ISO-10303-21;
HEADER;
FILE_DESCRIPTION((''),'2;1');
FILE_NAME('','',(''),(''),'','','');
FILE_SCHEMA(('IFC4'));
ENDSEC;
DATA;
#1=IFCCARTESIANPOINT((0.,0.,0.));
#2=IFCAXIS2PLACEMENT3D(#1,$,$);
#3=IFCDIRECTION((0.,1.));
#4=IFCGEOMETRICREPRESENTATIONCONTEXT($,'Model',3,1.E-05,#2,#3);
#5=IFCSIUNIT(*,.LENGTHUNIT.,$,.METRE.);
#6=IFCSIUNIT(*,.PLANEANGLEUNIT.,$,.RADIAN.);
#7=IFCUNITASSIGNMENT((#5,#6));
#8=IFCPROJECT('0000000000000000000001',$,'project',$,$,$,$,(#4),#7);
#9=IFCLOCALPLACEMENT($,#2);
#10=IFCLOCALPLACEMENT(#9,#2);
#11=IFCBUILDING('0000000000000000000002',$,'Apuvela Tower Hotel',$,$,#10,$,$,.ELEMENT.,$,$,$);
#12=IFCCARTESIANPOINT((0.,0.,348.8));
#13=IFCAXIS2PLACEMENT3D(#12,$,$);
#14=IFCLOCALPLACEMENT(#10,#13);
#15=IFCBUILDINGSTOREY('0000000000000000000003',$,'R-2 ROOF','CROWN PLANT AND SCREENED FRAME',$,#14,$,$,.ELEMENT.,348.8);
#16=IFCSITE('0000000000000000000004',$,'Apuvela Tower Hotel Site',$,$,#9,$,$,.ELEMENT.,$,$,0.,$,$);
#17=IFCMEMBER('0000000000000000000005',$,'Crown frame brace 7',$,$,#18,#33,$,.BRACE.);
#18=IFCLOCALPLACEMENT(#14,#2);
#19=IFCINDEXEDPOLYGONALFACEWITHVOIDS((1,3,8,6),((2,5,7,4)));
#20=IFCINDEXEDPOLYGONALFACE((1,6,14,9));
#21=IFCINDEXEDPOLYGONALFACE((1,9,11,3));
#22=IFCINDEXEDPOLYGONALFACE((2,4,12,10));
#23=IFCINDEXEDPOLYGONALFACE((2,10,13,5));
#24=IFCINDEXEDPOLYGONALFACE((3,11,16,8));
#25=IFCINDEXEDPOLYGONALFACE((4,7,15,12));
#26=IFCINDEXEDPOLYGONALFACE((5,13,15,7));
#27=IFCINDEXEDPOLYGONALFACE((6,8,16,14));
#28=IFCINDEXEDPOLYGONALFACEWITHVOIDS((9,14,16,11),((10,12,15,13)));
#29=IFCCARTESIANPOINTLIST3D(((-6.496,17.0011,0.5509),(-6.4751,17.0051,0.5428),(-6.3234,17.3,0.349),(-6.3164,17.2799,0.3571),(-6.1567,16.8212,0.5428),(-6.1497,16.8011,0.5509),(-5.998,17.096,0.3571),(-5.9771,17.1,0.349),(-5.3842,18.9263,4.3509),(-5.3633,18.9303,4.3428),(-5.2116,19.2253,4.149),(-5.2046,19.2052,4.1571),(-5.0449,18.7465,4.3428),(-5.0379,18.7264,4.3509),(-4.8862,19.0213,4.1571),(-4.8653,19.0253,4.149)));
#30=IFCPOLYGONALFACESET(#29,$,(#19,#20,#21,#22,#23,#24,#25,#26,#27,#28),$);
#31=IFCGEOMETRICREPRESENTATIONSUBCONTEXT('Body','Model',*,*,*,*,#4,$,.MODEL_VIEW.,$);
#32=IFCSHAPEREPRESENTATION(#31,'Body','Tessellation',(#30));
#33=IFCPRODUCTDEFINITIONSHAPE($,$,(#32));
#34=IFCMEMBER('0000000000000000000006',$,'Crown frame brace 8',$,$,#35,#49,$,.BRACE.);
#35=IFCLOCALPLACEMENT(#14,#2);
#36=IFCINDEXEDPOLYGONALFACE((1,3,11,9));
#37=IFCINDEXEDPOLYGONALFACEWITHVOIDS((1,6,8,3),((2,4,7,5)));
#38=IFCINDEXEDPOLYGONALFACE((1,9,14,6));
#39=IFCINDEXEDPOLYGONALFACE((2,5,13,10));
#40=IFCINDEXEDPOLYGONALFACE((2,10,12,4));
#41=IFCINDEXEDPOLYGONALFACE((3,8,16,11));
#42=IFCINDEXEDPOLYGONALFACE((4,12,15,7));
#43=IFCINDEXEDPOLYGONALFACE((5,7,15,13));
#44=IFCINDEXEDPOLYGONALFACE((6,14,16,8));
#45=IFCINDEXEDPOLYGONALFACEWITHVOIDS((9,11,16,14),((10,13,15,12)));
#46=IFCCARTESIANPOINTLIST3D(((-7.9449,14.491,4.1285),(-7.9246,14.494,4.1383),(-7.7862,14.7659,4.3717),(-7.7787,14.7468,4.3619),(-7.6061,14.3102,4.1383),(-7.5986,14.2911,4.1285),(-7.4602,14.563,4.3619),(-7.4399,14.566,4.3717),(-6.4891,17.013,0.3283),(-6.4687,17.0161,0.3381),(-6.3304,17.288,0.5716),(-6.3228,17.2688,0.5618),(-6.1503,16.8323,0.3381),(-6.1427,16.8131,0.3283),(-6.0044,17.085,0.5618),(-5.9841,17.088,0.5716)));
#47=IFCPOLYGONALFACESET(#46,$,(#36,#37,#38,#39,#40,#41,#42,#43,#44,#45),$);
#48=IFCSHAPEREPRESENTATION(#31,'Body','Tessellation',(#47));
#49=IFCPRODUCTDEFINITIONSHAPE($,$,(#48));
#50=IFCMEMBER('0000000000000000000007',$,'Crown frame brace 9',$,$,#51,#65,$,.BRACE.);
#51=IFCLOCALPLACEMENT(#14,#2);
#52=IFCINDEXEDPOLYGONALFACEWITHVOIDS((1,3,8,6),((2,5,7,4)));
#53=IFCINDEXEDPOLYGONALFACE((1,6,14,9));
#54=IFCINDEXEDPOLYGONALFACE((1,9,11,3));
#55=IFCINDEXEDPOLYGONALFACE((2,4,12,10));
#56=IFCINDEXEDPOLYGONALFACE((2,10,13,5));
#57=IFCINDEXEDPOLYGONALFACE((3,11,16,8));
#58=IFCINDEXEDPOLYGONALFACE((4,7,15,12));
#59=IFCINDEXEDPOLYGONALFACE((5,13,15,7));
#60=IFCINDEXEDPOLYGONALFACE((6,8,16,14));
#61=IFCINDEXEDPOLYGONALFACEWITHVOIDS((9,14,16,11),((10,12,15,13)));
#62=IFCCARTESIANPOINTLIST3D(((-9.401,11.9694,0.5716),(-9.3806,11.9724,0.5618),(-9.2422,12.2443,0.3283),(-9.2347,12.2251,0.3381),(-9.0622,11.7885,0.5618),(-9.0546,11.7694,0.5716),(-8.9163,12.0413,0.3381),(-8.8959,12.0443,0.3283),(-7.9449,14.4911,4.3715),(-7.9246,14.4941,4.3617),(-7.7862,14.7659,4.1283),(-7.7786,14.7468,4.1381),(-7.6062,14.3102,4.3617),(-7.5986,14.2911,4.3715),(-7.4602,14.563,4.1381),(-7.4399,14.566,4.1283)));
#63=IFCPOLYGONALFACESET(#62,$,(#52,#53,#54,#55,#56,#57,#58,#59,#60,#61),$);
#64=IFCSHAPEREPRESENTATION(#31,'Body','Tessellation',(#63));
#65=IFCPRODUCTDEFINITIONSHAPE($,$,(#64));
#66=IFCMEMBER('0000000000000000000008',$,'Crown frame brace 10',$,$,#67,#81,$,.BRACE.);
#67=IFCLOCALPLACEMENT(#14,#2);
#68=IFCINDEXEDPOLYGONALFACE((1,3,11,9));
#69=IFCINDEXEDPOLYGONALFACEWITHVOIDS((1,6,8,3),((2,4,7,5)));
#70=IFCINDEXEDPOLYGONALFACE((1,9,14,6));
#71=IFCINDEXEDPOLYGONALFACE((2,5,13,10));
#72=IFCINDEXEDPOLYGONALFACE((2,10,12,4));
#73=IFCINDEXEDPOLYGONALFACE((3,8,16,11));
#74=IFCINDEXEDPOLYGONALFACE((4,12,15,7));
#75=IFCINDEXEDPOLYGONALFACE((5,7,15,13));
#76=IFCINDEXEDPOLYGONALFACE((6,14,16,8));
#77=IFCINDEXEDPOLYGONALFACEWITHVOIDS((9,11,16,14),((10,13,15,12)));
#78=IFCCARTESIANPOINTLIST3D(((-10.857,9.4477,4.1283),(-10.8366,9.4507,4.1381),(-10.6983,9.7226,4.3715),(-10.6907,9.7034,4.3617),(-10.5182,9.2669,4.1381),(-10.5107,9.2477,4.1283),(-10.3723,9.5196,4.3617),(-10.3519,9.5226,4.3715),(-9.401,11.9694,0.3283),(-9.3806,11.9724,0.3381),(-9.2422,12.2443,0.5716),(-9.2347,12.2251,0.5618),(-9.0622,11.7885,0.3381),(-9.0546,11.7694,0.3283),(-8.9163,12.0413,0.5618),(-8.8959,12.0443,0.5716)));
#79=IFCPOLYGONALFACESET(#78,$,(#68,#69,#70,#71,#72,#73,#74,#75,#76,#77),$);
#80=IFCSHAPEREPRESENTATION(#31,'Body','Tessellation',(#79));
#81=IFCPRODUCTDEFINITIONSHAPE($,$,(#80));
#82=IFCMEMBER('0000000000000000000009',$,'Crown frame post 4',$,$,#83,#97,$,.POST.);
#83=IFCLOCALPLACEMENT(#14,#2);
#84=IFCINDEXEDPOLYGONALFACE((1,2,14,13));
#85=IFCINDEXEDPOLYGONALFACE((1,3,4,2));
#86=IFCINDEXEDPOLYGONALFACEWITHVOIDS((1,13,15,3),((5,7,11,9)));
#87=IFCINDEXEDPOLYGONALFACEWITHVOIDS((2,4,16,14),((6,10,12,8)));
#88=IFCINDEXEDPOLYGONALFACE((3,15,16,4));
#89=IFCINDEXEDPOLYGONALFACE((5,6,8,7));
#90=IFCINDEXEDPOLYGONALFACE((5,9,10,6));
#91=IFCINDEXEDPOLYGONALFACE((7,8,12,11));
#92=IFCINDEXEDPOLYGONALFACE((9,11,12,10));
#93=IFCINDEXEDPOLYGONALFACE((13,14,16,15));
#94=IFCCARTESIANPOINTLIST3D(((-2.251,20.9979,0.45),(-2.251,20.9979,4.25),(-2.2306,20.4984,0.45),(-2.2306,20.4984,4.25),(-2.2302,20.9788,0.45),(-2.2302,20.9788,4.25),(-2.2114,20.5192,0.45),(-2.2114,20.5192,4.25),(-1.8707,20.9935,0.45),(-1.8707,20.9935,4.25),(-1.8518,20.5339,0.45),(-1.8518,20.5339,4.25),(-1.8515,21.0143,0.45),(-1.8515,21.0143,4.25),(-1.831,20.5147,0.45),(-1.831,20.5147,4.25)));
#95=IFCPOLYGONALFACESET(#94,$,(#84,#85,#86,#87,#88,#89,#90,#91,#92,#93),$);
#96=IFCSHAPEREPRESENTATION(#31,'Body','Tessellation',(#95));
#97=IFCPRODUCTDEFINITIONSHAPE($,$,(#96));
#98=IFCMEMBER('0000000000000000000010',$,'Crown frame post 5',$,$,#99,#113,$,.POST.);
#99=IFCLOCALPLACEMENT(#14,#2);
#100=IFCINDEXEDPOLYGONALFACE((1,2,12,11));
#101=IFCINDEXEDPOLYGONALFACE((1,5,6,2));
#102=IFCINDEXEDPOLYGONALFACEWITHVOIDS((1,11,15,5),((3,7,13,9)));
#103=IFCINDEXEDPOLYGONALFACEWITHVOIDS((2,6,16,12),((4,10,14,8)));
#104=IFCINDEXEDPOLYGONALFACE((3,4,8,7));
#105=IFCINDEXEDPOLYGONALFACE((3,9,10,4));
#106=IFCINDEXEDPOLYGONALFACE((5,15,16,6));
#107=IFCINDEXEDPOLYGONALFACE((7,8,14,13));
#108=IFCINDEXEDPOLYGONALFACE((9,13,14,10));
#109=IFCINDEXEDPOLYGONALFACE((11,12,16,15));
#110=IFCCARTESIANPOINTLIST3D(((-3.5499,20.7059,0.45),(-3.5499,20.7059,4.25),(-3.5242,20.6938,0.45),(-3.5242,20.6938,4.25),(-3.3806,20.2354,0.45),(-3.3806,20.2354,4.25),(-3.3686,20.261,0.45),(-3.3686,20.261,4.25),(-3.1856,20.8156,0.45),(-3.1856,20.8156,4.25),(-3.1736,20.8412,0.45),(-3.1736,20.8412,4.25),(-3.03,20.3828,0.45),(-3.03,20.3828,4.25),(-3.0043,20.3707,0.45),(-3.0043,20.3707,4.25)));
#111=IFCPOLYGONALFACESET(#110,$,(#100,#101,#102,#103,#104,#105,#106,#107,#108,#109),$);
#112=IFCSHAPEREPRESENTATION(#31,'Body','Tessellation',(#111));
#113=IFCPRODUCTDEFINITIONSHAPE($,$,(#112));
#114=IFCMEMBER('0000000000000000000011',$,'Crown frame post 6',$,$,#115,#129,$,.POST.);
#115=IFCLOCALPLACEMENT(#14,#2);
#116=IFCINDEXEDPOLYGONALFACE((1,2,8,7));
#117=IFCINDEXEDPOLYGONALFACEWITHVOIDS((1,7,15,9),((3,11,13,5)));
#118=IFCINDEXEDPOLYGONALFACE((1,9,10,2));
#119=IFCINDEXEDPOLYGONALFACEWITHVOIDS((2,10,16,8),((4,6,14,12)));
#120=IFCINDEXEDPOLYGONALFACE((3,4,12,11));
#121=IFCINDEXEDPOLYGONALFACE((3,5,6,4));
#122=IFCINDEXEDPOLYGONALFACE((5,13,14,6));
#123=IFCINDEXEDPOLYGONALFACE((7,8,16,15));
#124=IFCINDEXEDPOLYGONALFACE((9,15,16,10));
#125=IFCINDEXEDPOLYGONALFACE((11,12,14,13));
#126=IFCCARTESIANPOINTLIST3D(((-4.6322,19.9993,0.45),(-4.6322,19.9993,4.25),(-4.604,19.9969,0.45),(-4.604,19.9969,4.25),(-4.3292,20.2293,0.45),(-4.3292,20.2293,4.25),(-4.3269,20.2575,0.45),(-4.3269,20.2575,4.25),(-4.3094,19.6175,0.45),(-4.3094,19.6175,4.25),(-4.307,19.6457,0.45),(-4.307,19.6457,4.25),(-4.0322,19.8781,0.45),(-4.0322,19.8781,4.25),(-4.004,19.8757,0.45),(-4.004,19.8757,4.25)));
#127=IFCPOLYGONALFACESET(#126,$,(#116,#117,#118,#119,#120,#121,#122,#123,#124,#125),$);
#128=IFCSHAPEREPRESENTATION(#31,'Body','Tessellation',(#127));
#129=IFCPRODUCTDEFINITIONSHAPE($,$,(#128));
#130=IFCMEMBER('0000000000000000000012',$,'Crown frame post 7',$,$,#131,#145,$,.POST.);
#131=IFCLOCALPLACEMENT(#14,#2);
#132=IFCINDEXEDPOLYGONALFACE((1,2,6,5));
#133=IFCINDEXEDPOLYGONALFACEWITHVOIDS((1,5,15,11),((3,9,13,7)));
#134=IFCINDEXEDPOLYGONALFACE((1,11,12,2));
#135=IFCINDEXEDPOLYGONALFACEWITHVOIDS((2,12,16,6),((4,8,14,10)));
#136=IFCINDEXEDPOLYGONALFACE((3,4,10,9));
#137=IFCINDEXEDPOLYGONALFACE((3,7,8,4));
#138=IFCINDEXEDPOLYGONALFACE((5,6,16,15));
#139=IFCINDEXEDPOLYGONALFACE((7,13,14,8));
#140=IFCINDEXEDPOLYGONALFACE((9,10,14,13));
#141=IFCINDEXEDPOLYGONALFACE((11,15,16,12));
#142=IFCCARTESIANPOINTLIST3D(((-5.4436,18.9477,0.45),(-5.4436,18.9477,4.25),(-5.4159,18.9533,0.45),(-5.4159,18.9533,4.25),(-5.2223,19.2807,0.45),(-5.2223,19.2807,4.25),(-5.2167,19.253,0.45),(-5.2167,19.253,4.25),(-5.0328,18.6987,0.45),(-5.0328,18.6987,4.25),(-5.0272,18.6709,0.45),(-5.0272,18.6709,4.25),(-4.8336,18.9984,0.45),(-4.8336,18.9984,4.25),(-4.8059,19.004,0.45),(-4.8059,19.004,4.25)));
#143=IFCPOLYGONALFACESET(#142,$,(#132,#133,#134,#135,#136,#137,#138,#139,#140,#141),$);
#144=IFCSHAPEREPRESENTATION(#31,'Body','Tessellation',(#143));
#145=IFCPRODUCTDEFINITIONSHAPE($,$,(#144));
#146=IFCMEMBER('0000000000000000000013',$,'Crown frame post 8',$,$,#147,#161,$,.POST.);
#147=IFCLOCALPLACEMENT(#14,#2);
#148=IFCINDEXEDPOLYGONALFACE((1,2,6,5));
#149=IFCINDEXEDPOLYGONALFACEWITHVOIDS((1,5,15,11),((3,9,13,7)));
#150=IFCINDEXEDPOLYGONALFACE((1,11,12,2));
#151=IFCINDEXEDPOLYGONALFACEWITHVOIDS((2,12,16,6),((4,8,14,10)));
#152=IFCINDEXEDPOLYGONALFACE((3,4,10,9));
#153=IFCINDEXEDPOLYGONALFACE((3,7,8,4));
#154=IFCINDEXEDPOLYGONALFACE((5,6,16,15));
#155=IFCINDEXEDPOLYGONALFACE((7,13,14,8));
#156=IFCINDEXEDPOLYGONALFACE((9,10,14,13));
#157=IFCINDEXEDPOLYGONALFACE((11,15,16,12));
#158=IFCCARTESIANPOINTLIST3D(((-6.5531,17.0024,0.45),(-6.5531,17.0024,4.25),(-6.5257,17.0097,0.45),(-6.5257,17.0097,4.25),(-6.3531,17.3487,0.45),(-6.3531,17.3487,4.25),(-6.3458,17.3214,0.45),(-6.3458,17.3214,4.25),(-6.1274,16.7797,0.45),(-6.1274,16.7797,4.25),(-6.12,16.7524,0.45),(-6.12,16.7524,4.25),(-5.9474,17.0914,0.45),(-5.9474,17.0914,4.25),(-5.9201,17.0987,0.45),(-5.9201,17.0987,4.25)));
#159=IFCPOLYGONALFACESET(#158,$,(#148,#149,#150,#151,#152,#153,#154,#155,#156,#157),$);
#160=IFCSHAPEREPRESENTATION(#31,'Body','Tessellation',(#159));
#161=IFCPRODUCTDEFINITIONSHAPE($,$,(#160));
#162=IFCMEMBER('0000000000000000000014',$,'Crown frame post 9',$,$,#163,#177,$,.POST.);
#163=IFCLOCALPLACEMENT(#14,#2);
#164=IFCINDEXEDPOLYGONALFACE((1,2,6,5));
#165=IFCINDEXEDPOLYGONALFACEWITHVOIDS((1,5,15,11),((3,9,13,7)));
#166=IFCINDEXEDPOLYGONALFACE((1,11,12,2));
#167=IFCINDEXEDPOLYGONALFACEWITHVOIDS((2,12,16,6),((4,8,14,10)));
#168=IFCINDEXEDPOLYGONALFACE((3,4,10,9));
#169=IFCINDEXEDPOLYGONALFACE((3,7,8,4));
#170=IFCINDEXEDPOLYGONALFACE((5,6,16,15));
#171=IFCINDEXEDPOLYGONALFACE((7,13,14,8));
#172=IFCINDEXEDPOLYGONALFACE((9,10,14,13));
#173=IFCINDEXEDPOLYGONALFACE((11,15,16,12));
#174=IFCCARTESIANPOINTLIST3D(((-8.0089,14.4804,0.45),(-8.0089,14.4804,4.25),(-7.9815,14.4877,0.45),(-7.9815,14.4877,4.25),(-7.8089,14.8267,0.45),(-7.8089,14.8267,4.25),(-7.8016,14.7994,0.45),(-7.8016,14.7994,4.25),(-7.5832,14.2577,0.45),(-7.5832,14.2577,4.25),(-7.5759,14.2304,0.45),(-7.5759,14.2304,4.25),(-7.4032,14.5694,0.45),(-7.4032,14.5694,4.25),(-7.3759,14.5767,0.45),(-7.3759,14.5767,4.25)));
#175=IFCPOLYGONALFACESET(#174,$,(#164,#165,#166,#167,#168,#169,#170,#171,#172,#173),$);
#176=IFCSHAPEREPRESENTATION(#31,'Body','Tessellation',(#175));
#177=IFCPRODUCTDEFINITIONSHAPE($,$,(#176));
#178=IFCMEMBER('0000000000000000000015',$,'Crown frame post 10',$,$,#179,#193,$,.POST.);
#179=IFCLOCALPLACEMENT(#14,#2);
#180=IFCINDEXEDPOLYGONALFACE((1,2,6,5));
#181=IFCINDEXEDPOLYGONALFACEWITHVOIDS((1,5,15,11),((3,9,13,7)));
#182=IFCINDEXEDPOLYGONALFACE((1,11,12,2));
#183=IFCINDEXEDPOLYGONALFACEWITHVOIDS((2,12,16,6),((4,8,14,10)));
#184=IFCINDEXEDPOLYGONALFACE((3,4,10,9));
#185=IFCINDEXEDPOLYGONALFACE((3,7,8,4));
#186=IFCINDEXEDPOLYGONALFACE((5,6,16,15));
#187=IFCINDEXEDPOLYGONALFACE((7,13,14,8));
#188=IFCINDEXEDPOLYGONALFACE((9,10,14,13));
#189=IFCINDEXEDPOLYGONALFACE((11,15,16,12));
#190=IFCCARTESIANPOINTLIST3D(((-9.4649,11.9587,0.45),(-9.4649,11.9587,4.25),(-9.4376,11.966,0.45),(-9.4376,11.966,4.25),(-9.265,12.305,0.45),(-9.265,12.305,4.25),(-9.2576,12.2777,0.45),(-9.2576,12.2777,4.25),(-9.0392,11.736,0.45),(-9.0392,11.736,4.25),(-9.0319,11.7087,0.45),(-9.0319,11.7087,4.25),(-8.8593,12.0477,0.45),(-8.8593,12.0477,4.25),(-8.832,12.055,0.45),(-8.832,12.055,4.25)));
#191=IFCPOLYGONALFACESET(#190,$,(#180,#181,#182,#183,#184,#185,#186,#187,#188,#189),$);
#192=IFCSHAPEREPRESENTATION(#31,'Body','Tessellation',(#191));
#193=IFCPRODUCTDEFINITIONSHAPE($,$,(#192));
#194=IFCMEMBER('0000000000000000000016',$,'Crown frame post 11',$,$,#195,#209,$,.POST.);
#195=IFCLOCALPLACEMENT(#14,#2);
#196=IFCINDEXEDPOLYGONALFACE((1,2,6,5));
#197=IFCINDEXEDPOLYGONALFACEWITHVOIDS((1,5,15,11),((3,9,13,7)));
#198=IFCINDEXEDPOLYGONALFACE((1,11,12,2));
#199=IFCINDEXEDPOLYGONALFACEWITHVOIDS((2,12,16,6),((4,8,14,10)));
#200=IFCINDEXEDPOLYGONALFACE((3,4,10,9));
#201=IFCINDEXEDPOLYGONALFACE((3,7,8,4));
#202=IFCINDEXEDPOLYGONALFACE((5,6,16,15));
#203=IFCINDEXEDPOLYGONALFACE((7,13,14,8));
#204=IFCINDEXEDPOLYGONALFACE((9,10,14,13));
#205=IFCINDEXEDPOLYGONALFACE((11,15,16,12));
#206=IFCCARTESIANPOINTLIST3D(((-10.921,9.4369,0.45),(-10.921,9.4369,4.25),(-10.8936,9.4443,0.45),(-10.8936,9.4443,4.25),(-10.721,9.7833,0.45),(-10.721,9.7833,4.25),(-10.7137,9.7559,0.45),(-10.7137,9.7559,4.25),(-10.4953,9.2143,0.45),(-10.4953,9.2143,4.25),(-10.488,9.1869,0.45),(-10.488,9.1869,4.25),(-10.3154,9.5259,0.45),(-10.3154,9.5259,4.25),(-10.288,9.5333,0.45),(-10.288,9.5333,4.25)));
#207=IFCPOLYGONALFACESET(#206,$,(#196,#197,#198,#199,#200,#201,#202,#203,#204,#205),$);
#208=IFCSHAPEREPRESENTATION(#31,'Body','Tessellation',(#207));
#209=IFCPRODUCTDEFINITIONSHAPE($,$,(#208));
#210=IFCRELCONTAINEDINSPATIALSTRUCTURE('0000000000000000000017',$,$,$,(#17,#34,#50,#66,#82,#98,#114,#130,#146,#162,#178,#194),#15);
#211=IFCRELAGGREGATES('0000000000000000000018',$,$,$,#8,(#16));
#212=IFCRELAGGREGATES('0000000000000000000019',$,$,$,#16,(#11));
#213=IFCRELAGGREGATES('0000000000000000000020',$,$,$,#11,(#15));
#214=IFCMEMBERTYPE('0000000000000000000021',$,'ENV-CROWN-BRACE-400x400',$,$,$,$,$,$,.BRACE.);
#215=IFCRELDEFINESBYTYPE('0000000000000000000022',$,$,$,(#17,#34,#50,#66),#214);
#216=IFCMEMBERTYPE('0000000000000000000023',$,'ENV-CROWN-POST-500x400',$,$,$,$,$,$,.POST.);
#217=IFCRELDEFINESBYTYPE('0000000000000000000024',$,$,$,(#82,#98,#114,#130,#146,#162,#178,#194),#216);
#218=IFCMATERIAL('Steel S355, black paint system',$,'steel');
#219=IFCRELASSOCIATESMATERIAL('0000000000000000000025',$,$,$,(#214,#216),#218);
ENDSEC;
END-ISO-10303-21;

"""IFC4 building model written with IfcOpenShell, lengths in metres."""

from ifc_helpers import new_model, si_unit, direction, frame, origin, origin_2d, place, context, subcontext, project, spatial, hollow_rectangle, extrude, material, material_profile, profile_set, type_object, element, save


model = new_model("IFC4")

# Units and contexts
model_context = context("Model", 3, precision=1e-05, world=origin(), true_north=direction((0.0, 1.0)))
body_context = subcontext(model_context, "Body", "Model", "MODEL_VIEW")
ifc_project = project(units=[si_unit("LENGTHUNIT", "METRE"), si_unit("PLANEANGLEUNIT", "RADIAN")], contexts=[model_context])

# Site, building, storey
site_placement = place(None, origin())
site = spatial("IfcSite", under=ifc_project, at=site_placement, Name="Apuvela Tower Hotel Site", CompositionType="ELEMENT", RefElevation=0.0)
building_placement = place(site_placement, origin())
building = spatial("IfcBuilding", under=site, at=building_placement, Name="Apuvela Tower Hotel", CompositionType="ELEMENT")
storey_placement = place(building_placement, frame((0.0, 0.0, 348.8)))
storey = spatial("IfcBuildingStorey", under=building, at=storey_placement, Name="R-2 ROOF", Description="CROWN PLANT AND SCREENED FRAME", CompositionType="ELEMENT", Elevation=348.8)

# Members
ifc_material_1 = material(Name="Steel S355, black paint system", Category="steel")
ifc_material_profile_1 = material_profile(ifc_material_1, hollow_rectangle(XDim=0.3999, YDim=0.3999, WallThickness=0.0161, at=origin_2d()), Name="HSS 400x400x16")
ifc_profile_set_1 = profile_set([ifc_material_profile_1], Name="Steel S355, black paint system")
member_type_1 = type_object("IfcMemberType", Name="ENV-CROWN-BRACE-400x400", PredefinedType="BRACE", material=ifc_profile_set_1)
member_1_placement = place(storey_placement, frame((-6.2366, 17.0505, 0.45), z_axis=(0.252534, 0.437304, 0.863129), x_axis=(-0.865977, 0.500084, 0.0)))
element("IfcMember", 1, at=member_1_placement, inside=storey, type_object=member_type_1, Name="Crown frame brace 7", PredefinedType="BRACE", context=body_context, shape_type="SweptSolid", body=[
    extrude(hollow_rectangle(XDim=0.3999, YDim=0.3999, WallThickness=0.0161, at=origin_2d()), origin(), (0.0, 0.0, 1.0), 4.4026),
])
member_2_placement = place(storey_placement, frame((-6.2366, 17.0505, 0.45), z_axis=(-0.304086, -0.526783, 0.793745), x_axis=(0.866063, -0.499935, 0.0)))
element("IfcMember", 2, at=member_2_placement, inside=storey, type_object=member_type_1, Name="Crown frame brace 8", PredefinedType="BRACE", context=body_context, shape_type="SweptSolid", body=[
    extrude(hollow_rectangle(XDim=0.3999, YDim=0.3999, WallThickness=0.0161, at=origin_2d()), origin(), (0.0, 0.0, 1.0), 4.7876),
])
for number, where, z_axis, x_axis, name in (
    (3, (-9.1484, 12.0068, 0.45), (0.304141, 0.526738, 0.793754), (-0.866005, 0.500035, 0.0), "Crown frame brace 9"),
    (4, (-9.1484, 12.0068, 0.45), (-0.304141, -0.526738, 0.793754), (0.866005, -0.500035, 0.0), "Crown frame brace 10"),
):
    element("IfcMember", number, at=place(storey_placement, frame(where, z_axis=z_axis, x_axis=x_axis)), inside=storey, type_object=member_type_1, Name=name, PredefinedType="BRACE", context=body_context, shape_type="SweptSolid", body=[
        extrude(hollow_rectangle(XDim=0.3999, YDim=0.3999, WallThickness=0.0161, at=origin_2d()), origin(), (0.0, 0.0, 1.0), 4.7874),
    ])
ifc_material_profile_2 = material_profile(ifc_material_1, hollow_rectangle(XDim=0.3999, YDim=0.5, WallThickness=0.02, at=origin_2d()), Name="HSS 500x400x20")
ifc_profile_set_2 = profile_set([ifc_material_profile_2], Name="Steel S355, black paint system")
member_type_2 = type_object("IfcMemberType", Name="ENV-CROWN-POST-500x400", PredefinedType="POST", material=ifc_profile_set_2)
for number, where, z_axis, x_axis, name in (
    (5, (-2.041, 20.7563, 0.45), (0.0, 0.0, 1.0), (-0.999161, -0.040951, 0.0), "Crown frame post 4"),
    (6, (-3.2771, 20.5383, 0.45), (0.0, 0.0, 1.0), (-0.940994, -0.338423, 0.0), "Crown frame post 5"),
    (7, (-4.3181, 19.9375, 0.45), (0.0, 0.0, 1.0), (-0.76358, -0.645714, 0.0), "Crown frame post 6"),
    (8, (-5.1248, 18.9758, 0.45), (0.0, 0.0, 1.0), (-0.553467, -0.832871, 0.0), "Crown frame post 7"),
    (9, (-6.2366, 17.0505, 0.45), (0.0, 0.0, 1.0), (-0.5, -0.866025, 0.0), "Crown frame post 8"),
    (10, (-7.6924, 14.5286, 0.45), (0.0, 0.0, 1.0), (-0.5, -0.866025, 0.0), "Crown frame post 9"),
    (11, (-9.1484, 12.0068, 0.45), (0.0, 0.0, 1.0), (-0.5, -0.866025, 0.0), "Crown frame post 10"),
    (12, (-10.6045, 9.4851, 0.45), (0.0, 0.0, 1.0), (-0.5, -0.866025, 0.0), "Crown frame post 11"),
):
    element("IfcMember", number, at=place(storey_placement, frame(where, z_axis=z_axis, x_axis=x_axis)), inside=storey, type_object=member_type_2, Name=name, PredefinedType="POST", context=body_context, shape_type="SweptSolid", body=[
        extrude(hollow_rectangle(XDim=0.3999, YDim=0.5, WallThickness=0.02, at=origin_2d()), origin(), (0.0, 0.0, 1.0), 3.8),
    ])

save(model, "model.ifc")
